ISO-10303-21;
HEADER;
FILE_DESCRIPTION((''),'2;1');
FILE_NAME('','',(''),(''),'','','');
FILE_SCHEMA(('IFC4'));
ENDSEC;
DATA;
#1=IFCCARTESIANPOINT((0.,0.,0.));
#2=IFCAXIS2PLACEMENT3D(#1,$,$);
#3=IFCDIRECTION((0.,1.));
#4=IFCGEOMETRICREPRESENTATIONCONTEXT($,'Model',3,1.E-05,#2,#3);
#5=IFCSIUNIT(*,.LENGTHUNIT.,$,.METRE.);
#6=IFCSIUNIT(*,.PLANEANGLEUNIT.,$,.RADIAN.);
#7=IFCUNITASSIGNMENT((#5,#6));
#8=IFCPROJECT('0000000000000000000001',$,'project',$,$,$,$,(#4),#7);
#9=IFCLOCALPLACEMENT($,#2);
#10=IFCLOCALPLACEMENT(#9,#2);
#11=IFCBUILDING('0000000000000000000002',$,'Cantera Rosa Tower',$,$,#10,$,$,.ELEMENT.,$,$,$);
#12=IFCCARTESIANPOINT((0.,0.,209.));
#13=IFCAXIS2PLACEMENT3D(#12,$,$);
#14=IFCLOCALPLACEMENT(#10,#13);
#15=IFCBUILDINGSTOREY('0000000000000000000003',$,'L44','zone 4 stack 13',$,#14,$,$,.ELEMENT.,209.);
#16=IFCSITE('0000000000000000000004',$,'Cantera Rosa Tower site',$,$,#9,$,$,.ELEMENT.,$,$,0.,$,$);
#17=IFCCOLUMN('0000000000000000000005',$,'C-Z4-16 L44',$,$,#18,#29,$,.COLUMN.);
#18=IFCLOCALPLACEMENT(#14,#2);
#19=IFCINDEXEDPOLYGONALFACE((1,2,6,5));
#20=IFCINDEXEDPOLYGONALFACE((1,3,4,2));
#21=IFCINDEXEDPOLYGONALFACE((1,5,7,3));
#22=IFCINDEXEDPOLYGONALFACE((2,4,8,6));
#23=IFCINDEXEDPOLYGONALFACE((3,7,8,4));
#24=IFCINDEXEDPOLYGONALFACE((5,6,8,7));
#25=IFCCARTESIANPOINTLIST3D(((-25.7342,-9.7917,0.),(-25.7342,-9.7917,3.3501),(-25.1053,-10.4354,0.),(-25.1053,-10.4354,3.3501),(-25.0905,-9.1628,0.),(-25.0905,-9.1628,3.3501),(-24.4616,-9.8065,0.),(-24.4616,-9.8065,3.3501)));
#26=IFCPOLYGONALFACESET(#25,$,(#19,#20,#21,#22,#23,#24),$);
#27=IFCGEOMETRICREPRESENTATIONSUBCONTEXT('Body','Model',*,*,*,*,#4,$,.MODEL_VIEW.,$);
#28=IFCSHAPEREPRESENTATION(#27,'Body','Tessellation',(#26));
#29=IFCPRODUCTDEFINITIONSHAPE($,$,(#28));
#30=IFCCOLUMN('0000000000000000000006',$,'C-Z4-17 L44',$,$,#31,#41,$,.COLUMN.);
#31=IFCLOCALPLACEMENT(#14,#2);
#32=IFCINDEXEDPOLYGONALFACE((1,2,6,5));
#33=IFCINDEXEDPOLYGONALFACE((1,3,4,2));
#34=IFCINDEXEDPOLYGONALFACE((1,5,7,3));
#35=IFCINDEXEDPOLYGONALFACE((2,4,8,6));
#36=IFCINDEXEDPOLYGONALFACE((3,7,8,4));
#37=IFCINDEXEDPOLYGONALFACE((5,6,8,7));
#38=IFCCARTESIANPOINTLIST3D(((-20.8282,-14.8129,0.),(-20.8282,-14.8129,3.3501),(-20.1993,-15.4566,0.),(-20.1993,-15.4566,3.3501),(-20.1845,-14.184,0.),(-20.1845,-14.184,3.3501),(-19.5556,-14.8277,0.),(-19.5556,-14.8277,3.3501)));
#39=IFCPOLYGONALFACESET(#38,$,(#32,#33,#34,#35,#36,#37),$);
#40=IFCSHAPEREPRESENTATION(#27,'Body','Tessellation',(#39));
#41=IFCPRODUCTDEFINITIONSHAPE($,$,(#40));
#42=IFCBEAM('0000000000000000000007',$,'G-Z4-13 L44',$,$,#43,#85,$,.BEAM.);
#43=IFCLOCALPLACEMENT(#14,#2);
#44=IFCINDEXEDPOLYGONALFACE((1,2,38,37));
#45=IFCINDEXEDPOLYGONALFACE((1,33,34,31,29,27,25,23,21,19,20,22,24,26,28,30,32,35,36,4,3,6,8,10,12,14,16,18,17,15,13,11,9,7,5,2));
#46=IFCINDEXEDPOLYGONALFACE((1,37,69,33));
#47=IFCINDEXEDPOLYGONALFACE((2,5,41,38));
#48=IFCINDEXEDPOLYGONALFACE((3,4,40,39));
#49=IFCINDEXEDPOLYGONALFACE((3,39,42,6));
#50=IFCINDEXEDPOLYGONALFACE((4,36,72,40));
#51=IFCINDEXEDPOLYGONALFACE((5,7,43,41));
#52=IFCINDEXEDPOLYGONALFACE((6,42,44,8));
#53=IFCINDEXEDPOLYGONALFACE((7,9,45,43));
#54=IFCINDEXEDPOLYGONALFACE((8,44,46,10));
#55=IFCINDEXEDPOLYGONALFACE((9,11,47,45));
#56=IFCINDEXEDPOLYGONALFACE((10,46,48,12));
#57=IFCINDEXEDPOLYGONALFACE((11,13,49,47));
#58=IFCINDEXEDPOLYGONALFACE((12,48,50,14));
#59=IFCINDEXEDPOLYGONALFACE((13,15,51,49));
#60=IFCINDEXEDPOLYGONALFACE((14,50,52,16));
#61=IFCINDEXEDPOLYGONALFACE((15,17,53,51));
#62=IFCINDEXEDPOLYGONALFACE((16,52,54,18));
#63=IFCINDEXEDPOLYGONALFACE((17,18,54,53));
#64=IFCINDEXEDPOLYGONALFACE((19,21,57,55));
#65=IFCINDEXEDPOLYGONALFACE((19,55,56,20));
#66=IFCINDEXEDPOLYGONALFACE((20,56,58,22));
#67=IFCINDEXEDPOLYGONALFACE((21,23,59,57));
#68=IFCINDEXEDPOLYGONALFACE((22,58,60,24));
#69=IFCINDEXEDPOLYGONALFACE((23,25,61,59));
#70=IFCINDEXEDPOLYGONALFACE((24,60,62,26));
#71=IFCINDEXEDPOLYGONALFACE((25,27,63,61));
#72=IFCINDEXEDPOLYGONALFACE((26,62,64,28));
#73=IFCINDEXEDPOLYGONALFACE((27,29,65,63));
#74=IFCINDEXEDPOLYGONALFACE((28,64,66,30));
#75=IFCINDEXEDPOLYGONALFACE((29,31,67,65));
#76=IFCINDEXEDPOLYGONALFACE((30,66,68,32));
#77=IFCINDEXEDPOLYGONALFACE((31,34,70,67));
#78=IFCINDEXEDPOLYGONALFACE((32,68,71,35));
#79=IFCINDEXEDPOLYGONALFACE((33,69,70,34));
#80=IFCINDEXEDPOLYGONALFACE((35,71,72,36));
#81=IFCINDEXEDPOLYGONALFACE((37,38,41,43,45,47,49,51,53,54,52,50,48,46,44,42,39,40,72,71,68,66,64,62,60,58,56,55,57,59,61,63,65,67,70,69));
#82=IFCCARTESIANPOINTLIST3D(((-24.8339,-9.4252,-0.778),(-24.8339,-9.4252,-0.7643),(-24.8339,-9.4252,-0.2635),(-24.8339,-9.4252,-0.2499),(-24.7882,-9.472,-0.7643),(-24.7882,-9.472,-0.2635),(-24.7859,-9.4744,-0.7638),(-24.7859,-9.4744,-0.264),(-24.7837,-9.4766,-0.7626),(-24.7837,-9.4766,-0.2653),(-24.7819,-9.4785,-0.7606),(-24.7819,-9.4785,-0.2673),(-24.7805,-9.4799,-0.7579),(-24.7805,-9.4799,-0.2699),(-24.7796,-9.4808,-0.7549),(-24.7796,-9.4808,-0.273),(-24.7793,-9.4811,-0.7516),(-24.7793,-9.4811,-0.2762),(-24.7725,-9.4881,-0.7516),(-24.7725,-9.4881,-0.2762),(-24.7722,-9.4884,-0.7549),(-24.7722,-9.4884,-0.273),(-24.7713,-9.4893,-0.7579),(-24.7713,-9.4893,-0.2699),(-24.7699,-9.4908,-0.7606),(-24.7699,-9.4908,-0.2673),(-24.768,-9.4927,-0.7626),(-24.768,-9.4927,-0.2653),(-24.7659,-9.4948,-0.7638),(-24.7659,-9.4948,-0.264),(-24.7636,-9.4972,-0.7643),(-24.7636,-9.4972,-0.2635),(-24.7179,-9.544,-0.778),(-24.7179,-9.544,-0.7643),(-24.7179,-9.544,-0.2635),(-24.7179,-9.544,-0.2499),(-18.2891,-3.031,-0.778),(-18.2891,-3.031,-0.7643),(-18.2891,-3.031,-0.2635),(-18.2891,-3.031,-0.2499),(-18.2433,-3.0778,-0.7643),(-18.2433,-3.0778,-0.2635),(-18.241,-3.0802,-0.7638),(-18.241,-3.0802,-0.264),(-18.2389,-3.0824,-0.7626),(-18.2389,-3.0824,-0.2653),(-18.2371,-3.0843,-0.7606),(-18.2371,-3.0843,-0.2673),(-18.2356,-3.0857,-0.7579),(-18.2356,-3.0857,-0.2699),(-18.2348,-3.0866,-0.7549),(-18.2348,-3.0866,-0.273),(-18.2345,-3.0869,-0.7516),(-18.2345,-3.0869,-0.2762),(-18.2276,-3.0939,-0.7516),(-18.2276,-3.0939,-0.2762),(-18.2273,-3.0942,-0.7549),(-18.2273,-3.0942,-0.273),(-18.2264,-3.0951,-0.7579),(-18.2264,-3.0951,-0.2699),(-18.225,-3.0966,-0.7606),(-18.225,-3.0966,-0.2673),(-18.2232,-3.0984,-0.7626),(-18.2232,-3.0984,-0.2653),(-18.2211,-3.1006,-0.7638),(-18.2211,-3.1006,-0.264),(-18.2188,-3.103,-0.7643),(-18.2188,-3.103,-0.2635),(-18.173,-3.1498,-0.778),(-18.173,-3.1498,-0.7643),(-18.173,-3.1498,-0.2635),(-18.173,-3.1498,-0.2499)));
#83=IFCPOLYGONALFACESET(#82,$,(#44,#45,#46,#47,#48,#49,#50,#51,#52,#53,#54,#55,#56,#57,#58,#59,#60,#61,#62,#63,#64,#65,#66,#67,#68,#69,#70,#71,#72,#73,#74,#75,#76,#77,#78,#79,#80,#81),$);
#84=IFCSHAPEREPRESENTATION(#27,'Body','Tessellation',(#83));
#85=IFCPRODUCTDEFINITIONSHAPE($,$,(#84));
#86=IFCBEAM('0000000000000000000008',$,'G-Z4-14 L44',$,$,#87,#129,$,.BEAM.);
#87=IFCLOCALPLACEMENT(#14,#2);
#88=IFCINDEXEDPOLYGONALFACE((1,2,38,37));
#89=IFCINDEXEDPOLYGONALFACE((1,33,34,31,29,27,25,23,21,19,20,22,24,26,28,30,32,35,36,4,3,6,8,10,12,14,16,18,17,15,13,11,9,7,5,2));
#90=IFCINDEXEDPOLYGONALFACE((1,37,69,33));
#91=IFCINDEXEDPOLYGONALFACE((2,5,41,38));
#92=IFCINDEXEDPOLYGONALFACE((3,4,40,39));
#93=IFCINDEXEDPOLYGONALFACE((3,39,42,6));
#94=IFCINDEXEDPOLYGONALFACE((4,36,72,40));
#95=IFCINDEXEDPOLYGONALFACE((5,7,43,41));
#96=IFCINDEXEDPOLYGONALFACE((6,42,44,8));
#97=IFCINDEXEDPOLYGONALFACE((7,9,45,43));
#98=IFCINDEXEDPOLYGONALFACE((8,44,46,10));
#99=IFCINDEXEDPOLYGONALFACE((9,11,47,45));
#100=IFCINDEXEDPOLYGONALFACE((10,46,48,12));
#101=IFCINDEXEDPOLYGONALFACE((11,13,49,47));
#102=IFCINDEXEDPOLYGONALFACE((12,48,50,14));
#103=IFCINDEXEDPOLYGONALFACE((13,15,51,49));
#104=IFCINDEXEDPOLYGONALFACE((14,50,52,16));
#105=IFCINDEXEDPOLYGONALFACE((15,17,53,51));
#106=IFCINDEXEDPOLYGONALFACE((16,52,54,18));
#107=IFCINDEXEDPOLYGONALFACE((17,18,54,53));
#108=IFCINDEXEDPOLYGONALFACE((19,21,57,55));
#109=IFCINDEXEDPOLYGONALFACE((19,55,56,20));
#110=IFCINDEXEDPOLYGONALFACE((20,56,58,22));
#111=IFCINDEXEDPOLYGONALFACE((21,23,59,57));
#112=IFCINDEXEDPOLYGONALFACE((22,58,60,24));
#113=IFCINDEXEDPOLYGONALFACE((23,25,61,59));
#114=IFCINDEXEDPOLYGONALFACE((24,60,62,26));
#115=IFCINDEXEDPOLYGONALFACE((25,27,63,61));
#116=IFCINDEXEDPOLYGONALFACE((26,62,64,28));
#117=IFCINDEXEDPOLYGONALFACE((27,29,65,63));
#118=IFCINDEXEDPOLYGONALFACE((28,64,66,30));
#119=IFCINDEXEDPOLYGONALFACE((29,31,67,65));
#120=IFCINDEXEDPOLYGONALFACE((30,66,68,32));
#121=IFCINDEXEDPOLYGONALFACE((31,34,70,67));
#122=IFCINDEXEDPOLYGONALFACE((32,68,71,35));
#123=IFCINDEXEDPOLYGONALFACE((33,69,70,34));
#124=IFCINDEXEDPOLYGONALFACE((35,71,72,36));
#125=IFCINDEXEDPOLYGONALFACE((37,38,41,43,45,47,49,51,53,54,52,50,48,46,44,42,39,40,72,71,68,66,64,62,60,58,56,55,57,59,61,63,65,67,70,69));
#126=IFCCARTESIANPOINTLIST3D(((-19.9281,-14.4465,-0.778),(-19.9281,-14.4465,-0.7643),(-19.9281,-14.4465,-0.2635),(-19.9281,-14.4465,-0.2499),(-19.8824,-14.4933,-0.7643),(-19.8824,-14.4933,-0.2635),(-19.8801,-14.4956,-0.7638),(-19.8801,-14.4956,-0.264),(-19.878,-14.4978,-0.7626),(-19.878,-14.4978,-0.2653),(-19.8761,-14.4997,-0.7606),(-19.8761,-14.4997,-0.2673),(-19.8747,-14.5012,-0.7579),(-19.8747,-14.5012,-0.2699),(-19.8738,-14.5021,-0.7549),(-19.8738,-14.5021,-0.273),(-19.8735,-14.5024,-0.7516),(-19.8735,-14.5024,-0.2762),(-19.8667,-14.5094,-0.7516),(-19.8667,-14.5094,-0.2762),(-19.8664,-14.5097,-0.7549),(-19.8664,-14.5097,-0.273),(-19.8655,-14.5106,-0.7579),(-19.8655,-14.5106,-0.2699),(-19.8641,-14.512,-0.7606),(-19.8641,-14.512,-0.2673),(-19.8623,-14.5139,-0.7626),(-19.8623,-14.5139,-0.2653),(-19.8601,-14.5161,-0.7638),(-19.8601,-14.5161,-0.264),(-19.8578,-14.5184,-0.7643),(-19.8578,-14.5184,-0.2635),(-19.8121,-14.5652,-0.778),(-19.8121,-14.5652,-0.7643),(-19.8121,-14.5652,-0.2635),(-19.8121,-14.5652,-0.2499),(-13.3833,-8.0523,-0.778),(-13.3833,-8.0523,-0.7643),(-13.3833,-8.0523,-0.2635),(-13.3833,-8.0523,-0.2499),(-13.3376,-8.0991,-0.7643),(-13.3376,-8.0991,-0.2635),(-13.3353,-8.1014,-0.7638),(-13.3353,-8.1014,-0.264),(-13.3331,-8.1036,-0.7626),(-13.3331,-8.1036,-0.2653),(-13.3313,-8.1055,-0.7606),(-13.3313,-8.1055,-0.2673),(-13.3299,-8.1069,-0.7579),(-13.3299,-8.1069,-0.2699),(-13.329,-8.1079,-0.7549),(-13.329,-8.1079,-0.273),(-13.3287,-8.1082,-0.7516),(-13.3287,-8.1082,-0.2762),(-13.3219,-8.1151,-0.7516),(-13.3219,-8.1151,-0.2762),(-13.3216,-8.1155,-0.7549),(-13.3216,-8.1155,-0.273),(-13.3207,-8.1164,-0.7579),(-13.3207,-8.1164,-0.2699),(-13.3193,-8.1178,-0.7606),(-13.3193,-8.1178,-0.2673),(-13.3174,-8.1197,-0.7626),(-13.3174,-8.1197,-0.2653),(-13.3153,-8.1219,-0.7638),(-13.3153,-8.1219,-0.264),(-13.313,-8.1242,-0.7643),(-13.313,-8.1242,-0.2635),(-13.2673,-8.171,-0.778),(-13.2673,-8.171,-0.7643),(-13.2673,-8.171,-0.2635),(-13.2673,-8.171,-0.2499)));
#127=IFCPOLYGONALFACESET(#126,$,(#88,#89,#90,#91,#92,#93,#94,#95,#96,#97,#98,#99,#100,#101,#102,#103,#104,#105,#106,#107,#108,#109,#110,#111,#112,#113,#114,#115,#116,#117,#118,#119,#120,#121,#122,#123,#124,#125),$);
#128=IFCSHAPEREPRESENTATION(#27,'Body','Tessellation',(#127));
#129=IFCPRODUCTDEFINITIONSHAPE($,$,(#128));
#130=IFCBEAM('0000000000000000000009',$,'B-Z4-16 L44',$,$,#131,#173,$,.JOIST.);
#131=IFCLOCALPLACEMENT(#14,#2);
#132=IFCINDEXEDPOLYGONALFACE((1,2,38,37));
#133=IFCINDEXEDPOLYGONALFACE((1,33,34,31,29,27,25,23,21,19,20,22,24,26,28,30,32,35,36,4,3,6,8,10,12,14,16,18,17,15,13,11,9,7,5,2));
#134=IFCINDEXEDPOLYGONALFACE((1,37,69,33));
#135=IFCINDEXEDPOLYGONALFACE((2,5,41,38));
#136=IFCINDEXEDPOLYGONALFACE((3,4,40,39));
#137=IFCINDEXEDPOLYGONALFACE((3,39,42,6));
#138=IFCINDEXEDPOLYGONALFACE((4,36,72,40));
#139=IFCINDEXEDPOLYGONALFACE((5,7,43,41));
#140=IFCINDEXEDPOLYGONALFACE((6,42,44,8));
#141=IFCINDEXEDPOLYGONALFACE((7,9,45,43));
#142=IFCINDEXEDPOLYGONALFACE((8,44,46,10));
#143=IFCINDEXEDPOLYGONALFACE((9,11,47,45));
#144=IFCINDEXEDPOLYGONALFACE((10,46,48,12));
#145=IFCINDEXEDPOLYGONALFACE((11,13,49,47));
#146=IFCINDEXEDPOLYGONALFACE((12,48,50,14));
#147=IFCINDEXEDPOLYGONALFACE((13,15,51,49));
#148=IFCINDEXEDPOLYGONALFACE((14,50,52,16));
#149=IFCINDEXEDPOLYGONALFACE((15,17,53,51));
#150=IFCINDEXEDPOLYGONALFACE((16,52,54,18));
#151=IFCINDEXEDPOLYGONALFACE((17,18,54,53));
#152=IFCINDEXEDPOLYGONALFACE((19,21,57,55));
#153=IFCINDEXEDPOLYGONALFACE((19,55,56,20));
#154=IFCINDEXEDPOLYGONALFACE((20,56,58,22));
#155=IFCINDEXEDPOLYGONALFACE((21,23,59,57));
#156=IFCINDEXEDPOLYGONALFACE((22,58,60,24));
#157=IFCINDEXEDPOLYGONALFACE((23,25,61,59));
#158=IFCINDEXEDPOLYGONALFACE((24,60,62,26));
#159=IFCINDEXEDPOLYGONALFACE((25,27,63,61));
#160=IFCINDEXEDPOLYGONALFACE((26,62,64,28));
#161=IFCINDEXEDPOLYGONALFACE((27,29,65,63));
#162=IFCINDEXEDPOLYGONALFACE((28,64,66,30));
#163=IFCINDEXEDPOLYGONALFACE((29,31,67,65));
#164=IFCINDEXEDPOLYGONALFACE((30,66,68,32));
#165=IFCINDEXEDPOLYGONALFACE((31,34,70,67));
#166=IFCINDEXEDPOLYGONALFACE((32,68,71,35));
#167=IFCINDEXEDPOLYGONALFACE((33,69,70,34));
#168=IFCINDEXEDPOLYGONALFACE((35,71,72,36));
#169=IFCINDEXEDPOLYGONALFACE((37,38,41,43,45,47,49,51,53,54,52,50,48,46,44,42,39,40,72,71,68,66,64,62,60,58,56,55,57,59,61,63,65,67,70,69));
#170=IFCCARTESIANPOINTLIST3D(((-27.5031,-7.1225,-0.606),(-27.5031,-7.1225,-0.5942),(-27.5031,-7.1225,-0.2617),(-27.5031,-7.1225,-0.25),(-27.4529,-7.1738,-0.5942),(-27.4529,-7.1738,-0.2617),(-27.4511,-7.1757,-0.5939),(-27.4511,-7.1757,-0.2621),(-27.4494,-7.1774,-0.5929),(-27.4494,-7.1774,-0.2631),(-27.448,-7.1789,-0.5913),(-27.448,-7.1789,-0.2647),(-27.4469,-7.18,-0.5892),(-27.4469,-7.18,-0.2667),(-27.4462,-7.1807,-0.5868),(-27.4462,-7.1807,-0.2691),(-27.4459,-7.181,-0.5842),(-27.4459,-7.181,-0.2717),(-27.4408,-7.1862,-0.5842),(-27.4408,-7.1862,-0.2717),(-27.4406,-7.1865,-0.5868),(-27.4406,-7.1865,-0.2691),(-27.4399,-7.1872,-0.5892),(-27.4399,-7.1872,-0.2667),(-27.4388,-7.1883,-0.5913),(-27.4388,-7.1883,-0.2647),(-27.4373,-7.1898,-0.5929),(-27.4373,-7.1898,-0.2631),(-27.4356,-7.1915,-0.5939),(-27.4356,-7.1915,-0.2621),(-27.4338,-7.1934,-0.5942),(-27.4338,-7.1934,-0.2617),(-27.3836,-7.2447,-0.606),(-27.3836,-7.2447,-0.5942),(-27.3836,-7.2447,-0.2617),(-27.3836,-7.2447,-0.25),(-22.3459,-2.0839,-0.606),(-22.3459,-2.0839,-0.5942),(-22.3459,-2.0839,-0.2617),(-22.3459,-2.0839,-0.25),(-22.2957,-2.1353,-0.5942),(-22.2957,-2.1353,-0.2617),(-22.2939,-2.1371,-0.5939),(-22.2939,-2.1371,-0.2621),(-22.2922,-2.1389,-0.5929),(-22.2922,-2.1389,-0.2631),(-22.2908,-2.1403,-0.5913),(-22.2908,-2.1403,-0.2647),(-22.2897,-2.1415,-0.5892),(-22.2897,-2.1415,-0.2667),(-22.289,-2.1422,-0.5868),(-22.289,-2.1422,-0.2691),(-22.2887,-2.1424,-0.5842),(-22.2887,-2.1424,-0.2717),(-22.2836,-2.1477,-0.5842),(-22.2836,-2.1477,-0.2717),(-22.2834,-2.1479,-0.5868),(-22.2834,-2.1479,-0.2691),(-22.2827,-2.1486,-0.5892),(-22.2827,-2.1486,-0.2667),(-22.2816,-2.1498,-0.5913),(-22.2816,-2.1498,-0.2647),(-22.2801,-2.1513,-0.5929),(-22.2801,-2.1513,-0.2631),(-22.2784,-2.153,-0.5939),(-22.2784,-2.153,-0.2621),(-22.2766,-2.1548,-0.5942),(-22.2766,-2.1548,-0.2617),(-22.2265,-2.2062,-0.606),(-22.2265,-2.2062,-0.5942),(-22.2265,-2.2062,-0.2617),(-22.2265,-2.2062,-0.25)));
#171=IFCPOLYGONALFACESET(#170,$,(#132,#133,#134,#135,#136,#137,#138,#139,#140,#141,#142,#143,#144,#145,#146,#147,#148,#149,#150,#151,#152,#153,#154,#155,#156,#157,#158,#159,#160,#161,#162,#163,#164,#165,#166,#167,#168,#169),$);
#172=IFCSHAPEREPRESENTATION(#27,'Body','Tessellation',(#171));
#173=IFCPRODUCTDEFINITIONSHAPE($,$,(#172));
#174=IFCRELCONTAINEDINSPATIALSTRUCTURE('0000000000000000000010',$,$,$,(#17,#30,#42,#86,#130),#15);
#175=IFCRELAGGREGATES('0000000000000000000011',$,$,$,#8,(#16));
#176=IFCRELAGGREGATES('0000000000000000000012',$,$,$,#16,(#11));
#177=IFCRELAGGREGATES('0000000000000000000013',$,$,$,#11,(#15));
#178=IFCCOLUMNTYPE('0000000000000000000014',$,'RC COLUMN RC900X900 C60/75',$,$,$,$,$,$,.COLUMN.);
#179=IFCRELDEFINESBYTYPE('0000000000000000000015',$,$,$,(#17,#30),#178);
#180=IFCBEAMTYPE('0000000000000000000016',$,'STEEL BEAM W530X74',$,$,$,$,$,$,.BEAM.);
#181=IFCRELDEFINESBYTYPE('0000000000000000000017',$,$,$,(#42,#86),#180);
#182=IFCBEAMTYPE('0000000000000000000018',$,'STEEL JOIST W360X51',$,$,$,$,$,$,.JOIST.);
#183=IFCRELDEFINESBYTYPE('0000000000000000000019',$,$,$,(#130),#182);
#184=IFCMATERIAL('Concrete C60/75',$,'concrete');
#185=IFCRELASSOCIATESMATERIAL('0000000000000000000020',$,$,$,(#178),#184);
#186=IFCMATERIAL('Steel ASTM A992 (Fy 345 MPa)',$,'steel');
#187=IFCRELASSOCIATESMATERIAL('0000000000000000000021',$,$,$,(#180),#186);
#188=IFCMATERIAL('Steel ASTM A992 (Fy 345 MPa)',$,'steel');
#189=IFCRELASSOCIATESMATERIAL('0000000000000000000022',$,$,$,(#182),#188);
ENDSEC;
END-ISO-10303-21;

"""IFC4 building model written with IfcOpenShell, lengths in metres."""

from ifc_helpers import new_model, si_unit, direction, frame, origin, origin_2d, place, context, subcontext, project, spatial, rectangle, i_section, extrude, material, material_profile, profile_set, type_object, element, save


model = new_model("IFC4")

# Units and contexts
model_context = context("Model", 3, precision=1e-05, world=origin(), true_north=direction((0.0, 1.0)))
body_context = subcontext(model_context, "Body", "Model", "MODEL_VIEW")
ifc_project = project(units=[si_unit("LENGTHUNIT", "METRE"), si_unit("PLANEANGLEUNIT", "RADIAN")], contexts=[model_context])

# Site, building, storey
site_placement = place(None, origin())
site = spatial("IfcSite", under=ifc_project, at=site_placement, Name="Cantera Rosa Tower site", CompositionType="ELEMENT", RefElevation=0.0)
building_placement = place(site_placement, origin())
building = spatial("IfcBuilding", under=site, at=building_placement, Name="Cantera Rosa Tower", CompositionType="ELEMENT")
storey_placement = place(building_placement, frame((0.0, 0.0, 209.0)))
storey = spatial("IfcBuildingStorey", under=building, at=storey_placement, Name="L44", Description="zone 4 stack 13", CompositionType="ELEMENT", Elevation=209.0)

# Columns
ifc_material_1 = material(Name="Concrete C60/75", Category="concrete")
ifc_material_profile_1 = material_profile(ifc_material_1, rectangle(XDim=0.8999, YDim=0.8999, at=origin_2d()), Name="RC COLUMN RC900X900 C60/75")
ifc_profile_set_1 = profile_set([ifc_material_profile_1], Name="Concrete C60/75")
column_type = type_object("IfcColumnType", Name="RC COLUMN RC900X900 C60/75", PredefinedType="COLUMN", material=ifc_profile_set_1)
for number, where, z_axis, x_axis, name in (
    (1, (-25.0979, -9.7991, 0.0), (0.0, 0.0, 1.0), (0.715286, 0.698832, 0.0), "C-Z4-16 L44"),
    (2, (-20.1919, -14.8203, 0.0), (0.0, 0.0, 1.0), (0.715286, 0.698832, 0.0), "C-Z4-17 L44"),
):
    element("IfcColumn", number, at=place(storey_placement, frame(where, z_axis=z_axis, x_axis=x_axis)), inside=storey, type_object=column_type, Name=name, PredefinedType="COLUMN", context=body_context, shape_type="SweptSolid", body=[
        extrude(rectangle(XDim=0.8999, YDim=0.8999, at=origin_2d()), origin(), (0.0, 0.0, 1.0), 3.3501),
    ])

# Beams
ifc_material_2 = material(Name="Steel ASTM A992 (Fy 345 MPa)", Category="steel")
ifc_material_profile_2 = material_profile(ifc_material_2, i_section(OverallWidth=0.166, OverallDepth=0.5281, WebThickness=0.0098, FlangeThickness=0.0137, FilletRadius=0.0127, at=origin_2d()), Name="W530X74")
ifc_profile_set_2 = profile_set([ifc_material_profile_2], Name="Steel ASTM A992 (Fy 345 MPa)")
beam_type_1 = type_object("IfcBeamType", Name="STEEL BEAM W530X74", PredefinedType="BEAM", material=ifc_profile_set_2)
for number, where, z_axis, x_axis, name in (
    (3, (-24.7759, -9.4846, -0.5139), (0.71529, 0.698827, 0.0), (-0.698827, 0.71529, 0.0), "G-Z4-13 L44"),
    (4, (-19.8701, -14.5059, -0.5139), (0.71529, 0.698827, 0.0), (-0.698827, 0.71529, 0.0), "G-Z4-14 L44"),
):
    element("IfcBeam", number, at=place(storey_placement, frame(where, z_axis=z_axis, x_axis=x_axis)), inside=storey, type_object=beam_type_1, Name=name, PredefinedType="BEAM", context=body_context, shape_type="SweptSolid", body=[
        extrude(i_section(OverallWidth=0.166, OverallDepth=0.5281, WebThickness=0.0098, FlangeThickness=0.0137, FilletRadius=0.0127, at=origin_2d()), origin(), (0.0, 0.0, 1.0), 9.1499),
    ])
ifc_material_3 = material(Name="Steel ASTM A992 (Fy 345 MPa)", Category="steel")
ifc_material_profile_3 = material_profile(ifc_material_3, i_section(OverallWidth=0.1709, OverallDepth=0.356, WebThickness=0.0073, FlangeThickness=0.0117, FilletRadius=0.01, at=origin_2d()), Name="W360X51")
ifc_profile_set_3 = profile_set([ifc_material_profile_3], Name="Steel ASTM A992 (Fy 345 MPa)")
beam_type_2 = type_object("IfcBeamType", Name="STEEL JOIST W360X51", PredefinedType="JOIST", material=ifc_profile_set_3)
beam_1_placement = place(storey_placement, frame((-27.4434, -7.1836, -0.428), z_axis=(0.715287, 0.698831, 0.0), x_axis=(-0.698831, 0.715287, 0.0)))
element("IfcBeam", 5, at=beam_1_placement, inside=storey, type_object=beam_type_2, Name="B-Z4-16 L44", PredefinedType="JOIST", context=body_context, shape_type="SweptSolid", body=[
    extrude(i_section(OverallWidth=0.1709, OverallDepth=0.356, WebThickness=0.0073, FlangeThickness=0.0117, FilletRadius=0.01, at=origin_2d()), origin(), (0.0, 0.0, 1.0), 7.21),
])

save(model, "model.ifc")
